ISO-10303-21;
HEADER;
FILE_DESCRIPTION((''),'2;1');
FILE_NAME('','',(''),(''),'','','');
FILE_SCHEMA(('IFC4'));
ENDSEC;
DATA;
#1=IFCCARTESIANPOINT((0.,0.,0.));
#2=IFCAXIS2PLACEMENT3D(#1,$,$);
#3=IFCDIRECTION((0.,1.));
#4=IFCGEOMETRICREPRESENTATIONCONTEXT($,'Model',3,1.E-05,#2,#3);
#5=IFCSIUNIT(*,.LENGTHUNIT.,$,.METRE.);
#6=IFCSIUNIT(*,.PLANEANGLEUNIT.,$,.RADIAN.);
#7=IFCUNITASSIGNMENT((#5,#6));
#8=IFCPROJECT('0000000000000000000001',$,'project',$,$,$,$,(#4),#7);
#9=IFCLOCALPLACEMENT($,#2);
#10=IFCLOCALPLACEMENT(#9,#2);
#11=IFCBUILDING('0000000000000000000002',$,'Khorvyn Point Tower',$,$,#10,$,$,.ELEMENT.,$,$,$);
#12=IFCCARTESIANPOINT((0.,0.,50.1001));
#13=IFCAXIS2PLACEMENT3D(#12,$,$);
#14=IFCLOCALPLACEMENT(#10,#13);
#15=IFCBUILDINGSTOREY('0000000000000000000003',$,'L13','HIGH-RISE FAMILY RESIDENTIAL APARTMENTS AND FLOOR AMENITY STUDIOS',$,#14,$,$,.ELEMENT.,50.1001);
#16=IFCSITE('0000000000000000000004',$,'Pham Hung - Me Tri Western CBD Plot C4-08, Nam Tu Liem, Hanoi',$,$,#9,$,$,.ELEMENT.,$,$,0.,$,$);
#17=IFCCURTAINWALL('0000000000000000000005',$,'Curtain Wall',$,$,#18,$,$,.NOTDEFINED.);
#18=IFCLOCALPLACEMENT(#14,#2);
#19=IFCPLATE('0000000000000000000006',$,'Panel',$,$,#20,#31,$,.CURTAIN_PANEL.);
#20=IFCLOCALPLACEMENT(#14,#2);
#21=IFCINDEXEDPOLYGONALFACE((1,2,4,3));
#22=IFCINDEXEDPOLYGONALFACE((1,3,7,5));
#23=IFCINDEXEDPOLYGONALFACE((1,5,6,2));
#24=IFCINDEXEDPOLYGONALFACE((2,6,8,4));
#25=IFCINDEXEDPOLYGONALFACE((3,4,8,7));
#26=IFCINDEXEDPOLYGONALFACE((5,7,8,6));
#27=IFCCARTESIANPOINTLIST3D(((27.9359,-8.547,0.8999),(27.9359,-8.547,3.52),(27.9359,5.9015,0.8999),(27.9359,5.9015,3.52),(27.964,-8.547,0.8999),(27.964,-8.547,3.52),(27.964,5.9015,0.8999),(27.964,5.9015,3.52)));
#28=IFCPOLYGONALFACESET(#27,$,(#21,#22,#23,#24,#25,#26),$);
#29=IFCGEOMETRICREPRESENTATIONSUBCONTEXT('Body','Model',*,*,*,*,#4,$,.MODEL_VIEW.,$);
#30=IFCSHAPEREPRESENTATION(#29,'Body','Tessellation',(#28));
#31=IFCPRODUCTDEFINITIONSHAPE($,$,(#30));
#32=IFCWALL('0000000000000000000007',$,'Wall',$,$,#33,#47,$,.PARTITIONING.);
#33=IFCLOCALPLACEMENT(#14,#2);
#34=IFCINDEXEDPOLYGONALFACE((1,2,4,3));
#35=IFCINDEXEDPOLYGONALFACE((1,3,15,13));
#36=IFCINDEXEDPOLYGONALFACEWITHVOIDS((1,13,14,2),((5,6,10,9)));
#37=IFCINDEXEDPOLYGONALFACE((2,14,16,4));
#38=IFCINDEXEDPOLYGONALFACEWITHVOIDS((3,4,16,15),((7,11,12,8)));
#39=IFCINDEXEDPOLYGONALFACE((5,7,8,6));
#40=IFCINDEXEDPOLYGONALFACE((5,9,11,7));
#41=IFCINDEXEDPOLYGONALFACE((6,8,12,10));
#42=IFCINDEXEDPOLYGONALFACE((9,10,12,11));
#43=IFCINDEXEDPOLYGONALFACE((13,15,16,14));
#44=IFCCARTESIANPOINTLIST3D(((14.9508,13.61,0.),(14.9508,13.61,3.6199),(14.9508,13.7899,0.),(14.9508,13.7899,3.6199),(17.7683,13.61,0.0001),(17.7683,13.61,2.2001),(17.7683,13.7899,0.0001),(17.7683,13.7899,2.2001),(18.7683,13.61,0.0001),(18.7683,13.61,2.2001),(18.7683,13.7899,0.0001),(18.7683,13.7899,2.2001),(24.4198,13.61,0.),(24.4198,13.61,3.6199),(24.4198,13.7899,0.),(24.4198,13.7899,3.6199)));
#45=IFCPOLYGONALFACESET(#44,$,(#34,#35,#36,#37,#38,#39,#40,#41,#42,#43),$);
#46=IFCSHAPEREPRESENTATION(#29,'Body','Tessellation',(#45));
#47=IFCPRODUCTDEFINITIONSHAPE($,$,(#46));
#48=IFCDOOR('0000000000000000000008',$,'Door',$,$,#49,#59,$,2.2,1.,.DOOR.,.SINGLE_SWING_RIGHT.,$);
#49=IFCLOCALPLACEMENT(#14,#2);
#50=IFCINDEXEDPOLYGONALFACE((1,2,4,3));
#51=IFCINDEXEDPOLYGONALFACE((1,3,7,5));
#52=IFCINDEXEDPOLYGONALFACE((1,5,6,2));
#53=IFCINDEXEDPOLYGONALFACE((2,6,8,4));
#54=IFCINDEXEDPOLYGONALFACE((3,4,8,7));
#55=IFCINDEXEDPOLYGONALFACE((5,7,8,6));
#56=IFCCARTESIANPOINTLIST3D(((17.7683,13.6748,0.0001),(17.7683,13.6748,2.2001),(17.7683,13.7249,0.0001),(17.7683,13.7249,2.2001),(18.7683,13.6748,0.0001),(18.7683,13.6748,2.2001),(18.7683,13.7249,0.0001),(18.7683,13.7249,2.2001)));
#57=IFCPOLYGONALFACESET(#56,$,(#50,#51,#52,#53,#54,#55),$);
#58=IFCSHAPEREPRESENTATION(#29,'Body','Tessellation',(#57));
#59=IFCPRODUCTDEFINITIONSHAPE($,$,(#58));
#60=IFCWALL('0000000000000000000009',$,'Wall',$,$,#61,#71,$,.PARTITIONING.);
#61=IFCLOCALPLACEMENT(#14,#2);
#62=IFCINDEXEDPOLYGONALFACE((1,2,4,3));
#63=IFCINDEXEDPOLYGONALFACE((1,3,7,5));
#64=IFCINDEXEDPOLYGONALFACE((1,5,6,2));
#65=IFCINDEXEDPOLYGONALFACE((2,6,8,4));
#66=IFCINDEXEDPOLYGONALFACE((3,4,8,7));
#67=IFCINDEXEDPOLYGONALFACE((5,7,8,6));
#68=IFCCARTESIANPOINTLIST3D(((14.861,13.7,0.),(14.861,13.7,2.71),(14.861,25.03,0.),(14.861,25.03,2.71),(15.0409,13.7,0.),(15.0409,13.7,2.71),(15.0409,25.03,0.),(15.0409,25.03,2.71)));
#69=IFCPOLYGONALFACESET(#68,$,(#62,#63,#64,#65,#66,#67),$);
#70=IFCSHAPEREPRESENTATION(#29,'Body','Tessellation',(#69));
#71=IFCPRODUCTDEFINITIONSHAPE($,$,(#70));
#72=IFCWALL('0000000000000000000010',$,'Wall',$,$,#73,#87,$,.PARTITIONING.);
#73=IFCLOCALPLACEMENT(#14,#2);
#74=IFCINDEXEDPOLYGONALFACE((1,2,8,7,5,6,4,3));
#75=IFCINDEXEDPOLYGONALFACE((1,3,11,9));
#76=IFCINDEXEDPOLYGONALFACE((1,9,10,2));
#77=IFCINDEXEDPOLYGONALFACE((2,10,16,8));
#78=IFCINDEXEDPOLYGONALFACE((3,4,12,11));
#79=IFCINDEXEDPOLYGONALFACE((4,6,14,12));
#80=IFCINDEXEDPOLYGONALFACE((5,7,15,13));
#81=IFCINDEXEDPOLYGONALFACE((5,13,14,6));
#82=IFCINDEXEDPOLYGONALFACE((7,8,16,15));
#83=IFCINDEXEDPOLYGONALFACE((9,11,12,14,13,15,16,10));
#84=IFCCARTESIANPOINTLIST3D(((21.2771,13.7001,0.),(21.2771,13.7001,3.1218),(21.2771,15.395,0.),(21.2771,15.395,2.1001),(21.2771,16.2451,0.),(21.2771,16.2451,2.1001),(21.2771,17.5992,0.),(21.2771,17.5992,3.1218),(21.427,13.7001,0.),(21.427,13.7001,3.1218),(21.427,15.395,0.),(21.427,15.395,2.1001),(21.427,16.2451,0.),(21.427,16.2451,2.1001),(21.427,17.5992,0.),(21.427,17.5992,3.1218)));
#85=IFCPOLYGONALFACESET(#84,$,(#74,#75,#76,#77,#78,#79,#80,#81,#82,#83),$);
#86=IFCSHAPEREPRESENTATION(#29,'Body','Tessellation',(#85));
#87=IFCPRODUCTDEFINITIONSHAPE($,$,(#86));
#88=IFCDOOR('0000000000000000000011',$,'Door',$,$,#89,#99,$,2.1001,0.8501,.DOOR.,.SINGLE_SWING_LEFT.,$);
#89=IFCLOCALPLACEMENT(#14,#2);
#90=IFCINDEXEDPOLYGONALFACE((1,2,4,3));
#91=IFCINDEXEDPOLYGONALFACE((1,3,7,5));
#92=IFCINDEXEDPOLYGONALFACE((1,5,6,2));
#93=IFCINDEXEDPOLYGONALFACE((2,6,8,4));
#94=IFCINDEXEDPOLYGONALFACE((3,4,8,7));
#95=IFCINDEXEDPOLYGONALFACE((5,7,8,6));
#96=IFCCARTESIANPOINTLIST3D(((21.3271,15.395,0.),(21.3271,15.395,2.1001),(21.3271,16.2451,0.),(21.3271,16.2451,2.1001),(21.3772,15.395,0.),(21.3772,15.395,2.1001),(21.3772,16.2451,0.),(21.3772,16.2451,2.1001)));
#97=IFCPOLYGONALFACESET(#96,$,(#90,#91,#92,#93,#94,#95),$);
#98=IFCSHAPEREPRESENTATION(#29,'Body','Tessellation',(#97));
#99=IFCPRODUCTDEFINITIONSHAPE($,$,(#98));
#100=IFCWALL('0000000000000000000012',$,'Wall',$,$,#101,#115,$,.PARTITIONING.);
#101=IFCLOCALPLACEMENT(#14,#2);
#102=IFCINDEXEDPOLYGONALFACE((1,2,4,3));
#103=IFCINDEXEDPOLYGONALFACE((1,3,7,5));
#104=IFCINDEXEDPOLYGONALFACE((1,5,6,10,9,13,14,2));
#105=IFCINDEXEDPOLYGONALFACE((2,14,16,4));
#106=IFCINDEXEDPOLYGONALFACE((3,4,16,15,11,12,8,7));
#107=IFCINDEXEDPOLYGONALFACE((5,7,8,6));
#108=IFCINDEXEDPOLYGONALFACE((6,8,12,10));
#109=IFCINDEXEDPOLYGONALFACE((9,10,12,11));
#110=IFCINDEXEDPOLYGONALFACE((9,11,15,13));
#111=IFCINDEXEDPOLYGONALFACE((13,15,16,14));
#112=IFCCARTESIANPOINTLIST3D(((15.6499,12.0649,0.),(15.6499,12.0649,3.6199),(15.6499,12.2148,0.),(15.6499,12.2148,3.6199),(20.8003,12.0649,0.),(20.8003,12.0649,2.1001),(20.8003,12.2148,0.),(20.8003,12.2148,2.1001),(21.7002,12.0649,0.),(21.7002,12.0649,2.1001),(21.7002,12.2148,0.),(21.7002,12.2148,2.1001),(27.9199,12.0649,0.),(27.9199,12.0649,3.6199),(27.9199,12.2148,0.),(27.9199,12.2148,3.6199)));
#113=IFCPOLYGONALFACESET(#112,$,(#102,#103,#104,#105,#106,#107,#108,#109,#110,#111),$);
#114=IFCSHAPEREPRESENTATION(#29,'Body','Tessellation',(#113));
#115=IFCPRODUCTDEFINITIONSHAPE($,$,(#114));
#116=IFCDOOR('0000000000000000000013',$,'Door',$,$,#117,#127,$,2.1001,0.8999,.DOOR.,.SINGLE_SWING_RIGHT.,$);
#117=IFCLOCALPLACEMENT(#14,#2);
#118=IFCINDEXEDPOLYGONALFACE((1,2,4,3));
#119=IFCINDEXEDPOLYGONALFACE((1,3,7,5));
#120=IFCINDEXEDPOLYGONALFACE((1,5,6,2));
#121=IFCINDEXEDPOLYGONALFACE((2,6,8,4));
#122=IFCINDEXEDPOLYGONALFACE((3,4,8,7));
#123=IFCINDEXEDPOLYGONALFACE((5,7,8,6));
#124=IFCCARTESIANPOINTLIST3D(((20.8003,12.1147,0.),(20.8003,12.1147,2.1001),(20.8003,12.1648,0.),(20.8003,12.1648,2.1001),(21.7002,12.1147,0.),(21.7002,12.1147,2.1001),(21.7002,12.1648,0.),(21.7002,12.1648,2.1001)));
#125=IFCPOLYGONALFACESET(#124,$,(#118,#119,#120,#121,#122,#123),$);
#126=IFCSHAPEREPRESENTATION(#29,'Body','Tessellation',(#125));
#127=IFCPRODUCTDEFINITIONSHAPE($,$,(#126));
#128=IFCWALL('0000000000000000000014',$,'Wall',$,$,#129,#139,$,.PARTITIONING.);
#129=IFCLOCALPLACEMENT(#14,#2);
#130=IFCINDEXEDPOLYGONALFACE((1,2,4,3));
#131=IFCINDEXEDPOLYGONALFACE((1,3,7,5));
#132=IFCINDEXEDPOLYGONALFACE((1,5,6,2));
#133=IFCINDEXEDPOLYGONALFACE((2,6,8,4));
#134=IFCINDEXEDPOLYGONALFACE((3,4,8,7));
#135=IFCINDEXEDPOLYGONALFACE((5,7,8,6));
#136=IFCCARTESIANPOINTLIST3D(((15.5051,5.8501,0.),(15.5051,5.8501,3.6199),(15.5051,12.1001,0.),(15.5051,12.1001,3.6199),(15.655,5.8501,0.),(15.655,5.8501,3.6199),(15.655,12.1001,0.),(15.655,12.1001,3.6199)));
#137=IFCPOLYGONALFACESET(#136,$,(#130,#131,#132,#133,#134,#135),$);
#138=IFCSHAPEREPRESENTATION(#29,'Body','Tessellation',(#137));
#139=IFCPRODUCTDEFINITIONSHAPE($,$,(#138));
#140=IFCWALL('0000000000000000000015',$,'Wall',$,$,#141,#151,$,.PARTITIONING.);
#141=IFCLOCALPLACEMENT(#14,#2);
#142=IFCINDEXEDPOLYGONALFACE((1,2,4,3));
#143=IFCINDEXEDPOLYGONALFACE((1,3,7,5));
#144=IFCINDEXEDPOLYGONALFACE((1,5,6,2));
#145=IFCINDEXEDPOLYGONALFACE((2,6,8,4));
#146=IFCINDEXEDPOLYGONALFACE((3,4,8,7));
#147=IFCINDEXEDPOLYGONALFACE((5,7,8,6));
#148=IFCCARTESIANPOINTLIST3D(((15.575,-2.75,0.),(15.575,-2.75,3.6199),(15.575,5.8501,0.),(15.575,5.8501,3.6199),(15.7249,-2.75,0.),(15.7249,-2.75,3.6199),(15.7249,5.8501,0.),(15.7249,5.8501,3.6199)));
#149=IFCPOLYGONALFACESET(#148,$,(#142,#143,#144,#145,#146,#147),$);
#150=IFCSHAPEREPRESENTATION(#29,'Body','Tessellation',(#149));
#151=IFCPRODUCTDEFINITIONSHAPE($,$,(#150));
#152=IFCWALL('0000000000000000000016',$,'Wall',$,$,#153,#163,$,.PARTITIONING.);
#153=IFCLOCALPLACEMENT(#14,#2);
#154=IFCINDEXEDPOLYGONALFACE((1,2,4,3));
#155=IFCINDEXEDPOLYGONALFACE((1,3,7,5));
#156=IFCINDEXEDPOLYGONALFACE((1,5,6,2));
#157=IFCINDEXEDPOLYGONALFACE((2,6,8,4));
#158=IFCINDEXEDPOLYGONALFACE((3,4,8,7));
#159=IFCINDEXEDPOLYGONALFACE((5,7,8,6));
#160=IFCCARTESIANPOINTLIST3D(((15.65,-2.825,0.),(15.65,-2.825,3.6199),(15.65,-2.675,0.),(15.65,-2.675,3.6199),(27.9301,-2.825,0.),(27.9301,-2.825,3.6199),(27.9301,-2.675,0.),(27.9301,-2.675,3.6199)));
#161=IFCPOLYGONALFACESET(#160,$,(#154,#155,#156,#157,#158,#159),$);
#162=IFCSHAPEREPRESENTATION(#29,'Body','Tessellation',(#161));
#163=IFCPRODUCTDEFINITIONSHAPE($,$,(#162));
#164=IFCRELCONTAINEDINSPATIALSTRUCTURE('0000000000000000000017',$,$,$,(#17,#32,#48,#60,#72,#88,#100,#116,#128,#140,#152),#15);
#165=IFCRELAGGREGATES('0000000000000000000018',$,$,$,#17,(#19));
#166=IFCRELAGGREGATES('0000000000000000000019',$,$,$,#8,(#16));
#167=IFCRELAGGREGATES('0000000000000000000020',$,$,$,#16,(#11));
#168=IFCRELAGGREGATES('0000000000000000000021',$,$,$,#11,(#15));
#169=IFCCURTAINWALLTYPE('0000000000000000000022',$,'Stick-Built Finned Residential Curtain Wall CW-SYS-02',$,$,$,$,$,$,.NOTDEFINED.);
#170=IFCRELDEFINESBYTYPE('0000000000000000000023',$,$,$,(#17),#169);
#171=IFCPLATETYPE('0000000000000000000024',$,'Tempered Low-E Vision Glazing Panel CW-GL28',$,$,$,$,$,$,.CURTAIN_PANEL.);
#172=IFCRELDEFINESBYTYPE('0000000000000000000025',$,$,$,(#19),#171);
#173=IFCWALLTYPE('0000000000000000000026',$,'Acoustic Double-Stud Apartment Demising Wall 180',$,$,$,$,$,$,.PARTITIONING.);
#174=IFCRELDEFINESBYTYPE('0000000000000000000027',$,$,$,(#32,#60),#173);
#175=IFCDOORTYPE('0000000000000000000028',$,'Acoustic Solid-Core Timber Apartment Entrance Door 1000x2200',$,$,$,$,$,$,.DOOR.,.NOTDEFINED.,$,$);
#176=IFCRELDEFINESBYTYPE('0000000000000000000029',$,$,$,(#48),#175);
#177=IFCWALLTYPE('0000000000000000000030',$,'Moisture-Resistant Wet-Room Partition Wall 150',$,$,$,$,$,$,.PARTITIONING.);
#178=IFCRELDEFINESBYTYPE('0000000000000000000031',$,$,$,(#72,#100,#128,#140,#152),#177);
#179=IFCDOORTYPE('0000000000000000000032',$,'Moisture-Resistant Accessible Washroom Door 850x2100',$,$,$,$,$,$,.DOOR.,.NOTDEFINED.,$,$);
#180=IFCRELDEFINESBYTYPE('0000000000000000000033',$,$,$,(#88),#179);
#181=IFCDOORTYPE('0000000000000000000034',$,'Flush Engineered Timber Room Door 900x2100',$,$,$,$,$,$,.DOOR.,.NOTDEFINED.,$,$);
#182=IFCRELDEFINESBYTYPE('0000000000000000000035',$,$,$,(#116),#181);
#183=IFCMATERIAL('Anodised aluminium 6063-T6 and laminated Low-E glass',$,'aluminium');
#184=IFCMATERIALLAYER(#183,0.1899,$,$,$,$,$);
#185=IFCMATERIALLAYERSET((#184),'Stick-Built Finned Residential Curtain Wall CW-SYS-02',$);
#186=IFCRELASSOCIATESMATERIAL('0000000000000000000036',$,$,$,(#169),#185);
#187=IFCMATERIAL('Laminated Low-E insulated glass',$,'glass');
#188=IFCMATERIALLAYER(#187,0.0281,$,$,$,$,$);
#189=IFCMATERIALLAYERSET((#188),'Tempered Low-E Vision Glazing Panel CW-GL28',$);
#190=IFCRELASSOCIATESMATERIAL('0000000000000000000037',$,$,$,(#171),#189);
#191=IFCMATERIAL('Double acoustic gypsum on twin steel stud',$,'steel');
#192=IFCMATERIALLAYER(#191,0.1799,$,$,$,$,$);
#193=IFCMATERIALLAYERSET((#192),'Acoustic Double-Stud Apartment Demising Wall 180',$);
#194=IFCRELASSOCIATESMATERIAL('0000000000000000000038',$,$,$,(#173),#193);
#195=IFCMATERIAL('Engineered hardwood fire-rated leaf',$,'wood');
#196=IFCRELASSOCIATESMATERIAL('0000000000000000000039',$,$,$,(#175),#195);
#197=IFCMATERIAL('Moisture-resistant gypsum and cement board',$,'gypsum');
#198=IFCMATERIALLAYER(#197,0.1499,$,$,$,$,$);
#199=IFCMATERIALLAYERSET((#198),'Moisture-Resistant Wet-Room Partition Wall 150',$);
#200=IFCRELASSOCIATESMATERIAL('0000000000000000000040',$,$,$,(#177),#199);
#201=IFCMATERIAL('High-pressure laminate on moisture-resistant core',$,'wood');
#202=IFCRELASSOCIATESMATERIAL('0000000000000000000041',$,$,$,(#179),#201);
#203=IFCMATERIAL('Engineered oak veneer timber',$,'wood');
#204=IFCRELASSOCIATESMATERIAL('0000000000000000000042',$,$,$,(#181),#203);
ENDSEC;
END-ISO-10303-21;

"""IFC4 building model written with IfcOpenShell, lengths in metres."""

from ifc_helpers import new_model, si_unit, direction, frame, frame_2d, origin, origin_2d, place, context, subcontext, project, spatial, rectangle, extrude, material, layer, layer_set, type_object, element, fill, aggregate, save


model = new_model("IFC4")

# Units and contexts
model_context = context("Model", 3, precision=1e-05, world=origin(), true_north=direction((0.0, 1.0)))
body_context = subcontext(model_context, "Body", "Model", "MODEL_VIEW")
ifc_project = project(units=[si_unit("LENGTHUNIT", "METRE"), si_unit("PLANEANGLEUNIT", "RADIAN")], contexts=[model_context])

# Site, building, storey
site_placement = place(None, origin())
site = spatial("IfcSite", under=ifc_project, at=site_placement, Name="Pham Hung - Me Tri Western CBD Plot C4-08, Nam Tu Liem, Hanoi", CompositionType="ELEMENT", RefElevation=0.0)
building_placement = place(site_placement, origin())
building = spatial("IfcBuilding", under=site, at=building_placement, Name="Khorvyn Point Tower", CompositionType="ELEMENT")
storey_placement = place(building_placement, frame((0.0, 0.0, 50.1001)))
storey = spatial("IfcBuildingStorey", under=building, at=storey_placement, Name="L13", Description="HIGH-RISE FAMILY RESIDENTIAL APARTMENTS AND FLOOR AMENITY STUDIOS", CompositionType="ELEMENT", Elevation=50.1001)

# Curtain wall
ifc_material_1 = material(Name="Anodised aluminium 6063-T6 and laminated Low-E glass", Category="aluminium")
ifc_layer_1 = layer(ifc_material_1, 0.1899)
ifc_layer_set_1 = layer_set([ifc_layer_1], Name="Stick-Built Finned Residential Curtain Wall CW-SYS-02")
curtain_wall_type = type_object("IfcCurtainWallType", Name="Stick-Built Finned Residential Curtain Wall CW-SYS-02", PredefinedType="NOTDEFINED", material=ifc_layer_set_1)
curtain_wall_placement = place(storey_placement, origin())
curtain_wall = element("IfcCurtainWall", 1, at=curtain_wall_placement, inside=storey, type_object=curtain_wall_type, Name="Curtain Wall", PredefinedType="NOTDEFINED")

# Plate
ifc_material_2 = material(Name="Laminated Low-E insulated glass", Category="glass")
ifc_layer_2 = layer(ifc_material_2, 0.0281)
ifc_layer_set_2 = layer_set([ifc_layer_2], Name="Tempered Low-E Vision Glazing Panel CW-GL28")
plate_type_1 = type_object("IfcPlateType", Name="Tempered Low-E Vision Glazing Panel CW-GL28", PredefinedType="CURTAIN_PANEL", material=ifc_layer_set_2)
plate_1_placement = place(storey_placement, frame((27.95, -1.3228, 0.8999), z_axis=(0.0, 0.0, 1.0), x_axis=(0.0, -1.0, 0.0)))
plate_1 = element("IfcPlate", 2, at=plate_1_placement, type_object=plate_type_1, Name="Panel", PredefinedType="CURTAIN_PANEL", context=body_context, shape_type="SweptSolid", body=[
    extrude(rectangle(XDim=14.4485, YDim=0.0281, at=origin_2d()), origin(), (0.0, 0.0, 1.0), 2.6201),
])
aggregate(curtain_wall, [plate_1])

# Wall, opening, door
ifc_material_3 = material(Name="Double acoustic gypsum on twin steel stud", Category="steel")
ifc_layer_3 = layer(ifc_material_3, 0.1799)
ifc_layer_set_3 = layer_set([ifc_layer_3], Name="Acoustic Double-Stud Apartment Demising Wall 180")
wall_type_1 = type_object("IfcWallType", Name="Acoustic Double-Stud Apartment Demising Wall 180", PredefinedType="PARTITIONING", material=ifc_layer_set_3)
wall_1_placement = place(storey_placement, frame((14.9509, 13.7, 0.0), z_axis=(0.0, 0.0, 1.0), x_axis=(1.0, 0.0, 0.0)))
wall_1 = element("IfcWall", 3, at=wall_1_placement, inside=storey, type_object=wall_type_1, Name="Wall", PredefinedType="PARTITIONING", context=body_context, shape_type="SweptSolid", body=[
    extrude(rectangle(XDim=9.469, YDim=0.1799, at=frame_2d((4.7344, 0.0))), origin(), (0.0, 0.0, 1.0), 3.6199),
])
opening_1_placement = place(wall_1_placement, frame((2.8174, 0.0, 0.0)))
opening_1 = element("IfcOpeningElement", 4, at=opening_1_placement, cuts=wall_1, PredefinedType="OPENING", context=body_context, shape_type="SweptSolid", body=[
    extrude(rectangle(XDim=1.0, YDim=2.2, at=frame_2d((0.5, 1.1001))), frame((0.0, 0.0999, 0.0), z_axis=(0.0, -1.0, 0.0), x_axis=(1.0, 0.0, 0.0)), (0.0, 0.0, 1.0), 0.2),
])
ifc_material_4 = material(Name="Engineered hardwood fire-rated leaf", Category="wood")
door_type_1 = type_object("IfcDoorType", Name="Acoustic Solid-Core Timber Apartment Entrance Door 1000x2200", OperationType="NOTDEFINED", PredefinedType="DOOR", material=ifc_material_4)
door_1_placement = place(opening_1_placement, origin())
door_1 = element("IfcDoor", 5, at=door_1_placement, inside=storey, type_object=door_type_1, Name="Door", OperationType="SINGLE_SWING_RIGHT", OverallHeight=2.2, OverallWidth=1.0, PredefinedType="DOOR", context=body_context, shape_type="SweptSolid", body=[
    extrude(rectangle(XDim=1.0, YDim=2.2, at=frame_2d((0.5, 1.1001))), frame((0.0, 0.0249, 0.0), z_axis=(0.0, -1.0, 0.0), x_axis=(1.0, 0.0, 0.0)), (0.0, 0.0, 1.0), 0.05),
])
fill(opening_1, door_1)

# Wall
wall_2_placement = place(storey_placement, frame((14.9509, 13.7, 0.0), z_axis=(0.0, 0.0, 1.0), x_axis=(0.0, 1.0, 0.0)))
element("IfcWall", 6, at=wall_2_placement, inside=storey, type_object=wall_type_1, Name="Wall", PredefinedType="PARTITIONING", context=body_context, shape_type="SweptSolid", body=[
    extrude(rectangle(XDim=11.3301, YDim=0.1799, at=frame_2d((5.665, 0.0))), origin(), (0.0, 0.0, 1.0), 2.71),
])

# Walls, openings, doors
ifc_material_5 = material(Name="Moisture-resistant gypsum and cement board", Category="gypsum")
ifc_layer_4 = layer(ifc_material_5, 0.1499)
ifc_layer_set_4 = layer_set([ifc_layer_4], Name="Moisture-Resistant Wet-Room Partition Wall 150")
wall_type_2 = type_object("IfcWallType", Name="Moisture-Resistant Wet-Room Partition Wall 150", PredefinedType="PARTITIONING", material=ifc_layer_set_4)
wall_3_placement = place(storey_placement, frame((21.3521, 13.7, 0.0), z_axis=(0.0, 0.0, 1.0), x_axis=(0.0, 1.0, 0.0)))
wall_3 = element("IfcWall", 7, at=wall_3_placement, inside=storey, type_object=wall_type_2, Name="Wall", PredefinedType="PARTITIONING", context=body_context, shape_type="SweptSolid", body=[
    extrude(rectangle(XDim=3.8992, YDim=0.1499, at=frame_2d((1.9497, 0.0))), origin(), (0.0, 0.0, 1.0), 3.1218),
])
opening_2_placement = place(wall_3_placement, frame((1.6951, 0.0, 0.0)))
opening_2 = element("IfcOpeningElement", 8, at=opening_2_placement, cuts=wall_3, PredefinedType="OPENING", context=body_context, shape_type="SweptSolid", body=[
    extrude(rectangle(XDim=0.8501, YDim=2.1001, at=frame_2d((0.425, 1.05))), frame((0.0, 0.085, 0.0), z_axis=(0.0, -1.0, 0.0), x_axis=(1.0, 0.0, 0.0)), (0.0, 0.0, 1.0), 0.1699),
])
ifc_material_6 = material(Name="High-pressure laminate on moisture-resistant core", Category="wood")
door_type_2 = type_object("IfcDoorType", Name="Moisture-Resistant Accessible Washroom Door 850x2100", OperationType="NOTDEFINED", PredefinedType="DOOR", material=ifc_material_6)
door_2_placement = place(opening_2_placement, origin())
door_2 = element("IfcDoor", 9, at=door_2_placement, inside=storey, type_object=door_type_2, Name="Door", OperationType="SINGLE_SWING_LEFT", OverallHeight=2.1001, OverallWidth=0.8501, PredefinedType="DOOR", context=body_context, shape_type="SweptSolid", body=[
    extrude(rectangle(XDim=0.8501, YDim=2.1001, at=frame_2d((0.425, 1.05))), frame((0.0, 0.0249, 0.0), z_axis=(0.0, -1.0, 0.0), x_axis=(1.0, 0.0, 0.0)), (0.0, 0.0, 1.0), 0.05),
])
fill(opening_2, door_2)
wall_4_placement = place(storey_placement, frame((15.6499, 12.1399, 0.0), z_axis=(0.0, 0.0, 1.0), x_axis=(1.0, 0.0, 0.0)))
wall_4 = element("IfcWall", 10, at=wall_4_placement, inside=storey, type_object=wall_type_2, Name="Wall", PredefinedType="PARTITIONING", context=body_context, shape_type="SweptSolid", body=[
    extrude(rectangle(XDim=12.27, YDim=0.1499, at=frame_2d((6.135, 0.0))), origin(), (0.0, 0.0, 1.0), 3.6199),
])
opening_3_placement = place(wall_4_placement, frame((5.1504, 0.0, 0.0)))
opening_3 = element("IfcOpeningElement", 11, at=opening_3_placement, cuts=wall_4, PredefinedType="OPENING", context=body_context, shape_type="SweptSolid", body=[
    extrude(rectangle(XDim=0.8999, YDim=2.1001, at=frame_2d((0.45, 1.05))), frame((0.0, 0.085, 0.0), z_axis=(0.0, -1.0, 0.0), x_axis=(1.0, 0.0, 0.0)), (0.0, 0.0, 1.0), 0.1699),
])
ifc_material_7 = material(Name="Engineered oak veneer timber", Category="wood")
door_type_3 = type_object("IfcDoorType", Name="Flush Engineered Timber Room Door 900x2100", OperationType="NOTDEFINED", PredefinedType="DOOR", material=ifc_material_7)
door_3_placement = place(opening_3_placement, origin())
door_3 = element("IfcDoor", 12, at=door_3_placement, inside=storey, type_object=door_type_3, Name="Door", OperationType="SINGLE_SWING_RIGHT", OverallHeight=2.1001, OverallWidth=0.8999, PredefinedType="DOOR", context=body_context, shape_type="SweptSolid", body=[
    extrude(rectangle(XDim=0.8999, YDim=2.1001, at=frame_2d((0.45, 1.05))), frame((0.0, 0.0249, 0.0), z_axis=(0.0, -1.0, 0.0), x_axis=(1.0, 0.0, 0.0)), (0.0, 0.0, 1.0), 0.05),
])
fill(opening_3, door_3)

# Walls
wall_5_placement = place(storey_placement, frame((15.5801, 5.8501, 0.0), z_axis=(0.0, 0.0, 1.0), x_axis=(0.0, 1.0, 0.0)))
element("IfcWall", 13, at=wall_5_placement, inside=storey, type_object=wall_type_2, Name="Wall", PredefinedType="PARTITIONING", context=body_context, shape_type="SweptSolid", body=[
    extrude(rectangle(XDim=6.25, YDim=0.1499, at=frame_2d((3.125, 0.0))), origin(), (0.0, 0.0, 1.0), 3.6199),
])
wall_6_placement = place(storey_placement, frame((15.6499, -2.75, 0.0), z_axis=(0.0, 0.0, 1.0), x_axis=(0.0, 1.0, 0.0)))
element("IfcWall", 14, at=wall_6_placement, inside=storey, type_object=wall_type_2, Name="Wall", PredefinedType="PARTITIONING", context=body_context, shape_type="SweptSolid", body=[
    extrude(rectangle(XDim=8.6001, YDim=0.1499, at=frame_2d((4.3, 0.0))), origin(), (0.0, 0.0, 1.0), 3.6199),
])
wall_7_placement = place(storey_placement, frame((15.6499, -2.75, 0.0), z_axis=(0.0, 0.0, 1.0), x_axis=(1.0, 0.0, 0.0)))
element("IfcWall", 15, at=wall_7_placement, inside=storey, type_object=wall_type_2, Name="Wall", PredefinedType="PARTITIONING", context=body_context, shape_type="SweptSolid", body=[
    extrude(rectangle(XDim=12.28, YDim=0.1499, at=frame_2d((6.1401, 0.0))), origin(), (0.0, 0.0, 1.0), 3.6199),
])

save(model, "model.ifc")
